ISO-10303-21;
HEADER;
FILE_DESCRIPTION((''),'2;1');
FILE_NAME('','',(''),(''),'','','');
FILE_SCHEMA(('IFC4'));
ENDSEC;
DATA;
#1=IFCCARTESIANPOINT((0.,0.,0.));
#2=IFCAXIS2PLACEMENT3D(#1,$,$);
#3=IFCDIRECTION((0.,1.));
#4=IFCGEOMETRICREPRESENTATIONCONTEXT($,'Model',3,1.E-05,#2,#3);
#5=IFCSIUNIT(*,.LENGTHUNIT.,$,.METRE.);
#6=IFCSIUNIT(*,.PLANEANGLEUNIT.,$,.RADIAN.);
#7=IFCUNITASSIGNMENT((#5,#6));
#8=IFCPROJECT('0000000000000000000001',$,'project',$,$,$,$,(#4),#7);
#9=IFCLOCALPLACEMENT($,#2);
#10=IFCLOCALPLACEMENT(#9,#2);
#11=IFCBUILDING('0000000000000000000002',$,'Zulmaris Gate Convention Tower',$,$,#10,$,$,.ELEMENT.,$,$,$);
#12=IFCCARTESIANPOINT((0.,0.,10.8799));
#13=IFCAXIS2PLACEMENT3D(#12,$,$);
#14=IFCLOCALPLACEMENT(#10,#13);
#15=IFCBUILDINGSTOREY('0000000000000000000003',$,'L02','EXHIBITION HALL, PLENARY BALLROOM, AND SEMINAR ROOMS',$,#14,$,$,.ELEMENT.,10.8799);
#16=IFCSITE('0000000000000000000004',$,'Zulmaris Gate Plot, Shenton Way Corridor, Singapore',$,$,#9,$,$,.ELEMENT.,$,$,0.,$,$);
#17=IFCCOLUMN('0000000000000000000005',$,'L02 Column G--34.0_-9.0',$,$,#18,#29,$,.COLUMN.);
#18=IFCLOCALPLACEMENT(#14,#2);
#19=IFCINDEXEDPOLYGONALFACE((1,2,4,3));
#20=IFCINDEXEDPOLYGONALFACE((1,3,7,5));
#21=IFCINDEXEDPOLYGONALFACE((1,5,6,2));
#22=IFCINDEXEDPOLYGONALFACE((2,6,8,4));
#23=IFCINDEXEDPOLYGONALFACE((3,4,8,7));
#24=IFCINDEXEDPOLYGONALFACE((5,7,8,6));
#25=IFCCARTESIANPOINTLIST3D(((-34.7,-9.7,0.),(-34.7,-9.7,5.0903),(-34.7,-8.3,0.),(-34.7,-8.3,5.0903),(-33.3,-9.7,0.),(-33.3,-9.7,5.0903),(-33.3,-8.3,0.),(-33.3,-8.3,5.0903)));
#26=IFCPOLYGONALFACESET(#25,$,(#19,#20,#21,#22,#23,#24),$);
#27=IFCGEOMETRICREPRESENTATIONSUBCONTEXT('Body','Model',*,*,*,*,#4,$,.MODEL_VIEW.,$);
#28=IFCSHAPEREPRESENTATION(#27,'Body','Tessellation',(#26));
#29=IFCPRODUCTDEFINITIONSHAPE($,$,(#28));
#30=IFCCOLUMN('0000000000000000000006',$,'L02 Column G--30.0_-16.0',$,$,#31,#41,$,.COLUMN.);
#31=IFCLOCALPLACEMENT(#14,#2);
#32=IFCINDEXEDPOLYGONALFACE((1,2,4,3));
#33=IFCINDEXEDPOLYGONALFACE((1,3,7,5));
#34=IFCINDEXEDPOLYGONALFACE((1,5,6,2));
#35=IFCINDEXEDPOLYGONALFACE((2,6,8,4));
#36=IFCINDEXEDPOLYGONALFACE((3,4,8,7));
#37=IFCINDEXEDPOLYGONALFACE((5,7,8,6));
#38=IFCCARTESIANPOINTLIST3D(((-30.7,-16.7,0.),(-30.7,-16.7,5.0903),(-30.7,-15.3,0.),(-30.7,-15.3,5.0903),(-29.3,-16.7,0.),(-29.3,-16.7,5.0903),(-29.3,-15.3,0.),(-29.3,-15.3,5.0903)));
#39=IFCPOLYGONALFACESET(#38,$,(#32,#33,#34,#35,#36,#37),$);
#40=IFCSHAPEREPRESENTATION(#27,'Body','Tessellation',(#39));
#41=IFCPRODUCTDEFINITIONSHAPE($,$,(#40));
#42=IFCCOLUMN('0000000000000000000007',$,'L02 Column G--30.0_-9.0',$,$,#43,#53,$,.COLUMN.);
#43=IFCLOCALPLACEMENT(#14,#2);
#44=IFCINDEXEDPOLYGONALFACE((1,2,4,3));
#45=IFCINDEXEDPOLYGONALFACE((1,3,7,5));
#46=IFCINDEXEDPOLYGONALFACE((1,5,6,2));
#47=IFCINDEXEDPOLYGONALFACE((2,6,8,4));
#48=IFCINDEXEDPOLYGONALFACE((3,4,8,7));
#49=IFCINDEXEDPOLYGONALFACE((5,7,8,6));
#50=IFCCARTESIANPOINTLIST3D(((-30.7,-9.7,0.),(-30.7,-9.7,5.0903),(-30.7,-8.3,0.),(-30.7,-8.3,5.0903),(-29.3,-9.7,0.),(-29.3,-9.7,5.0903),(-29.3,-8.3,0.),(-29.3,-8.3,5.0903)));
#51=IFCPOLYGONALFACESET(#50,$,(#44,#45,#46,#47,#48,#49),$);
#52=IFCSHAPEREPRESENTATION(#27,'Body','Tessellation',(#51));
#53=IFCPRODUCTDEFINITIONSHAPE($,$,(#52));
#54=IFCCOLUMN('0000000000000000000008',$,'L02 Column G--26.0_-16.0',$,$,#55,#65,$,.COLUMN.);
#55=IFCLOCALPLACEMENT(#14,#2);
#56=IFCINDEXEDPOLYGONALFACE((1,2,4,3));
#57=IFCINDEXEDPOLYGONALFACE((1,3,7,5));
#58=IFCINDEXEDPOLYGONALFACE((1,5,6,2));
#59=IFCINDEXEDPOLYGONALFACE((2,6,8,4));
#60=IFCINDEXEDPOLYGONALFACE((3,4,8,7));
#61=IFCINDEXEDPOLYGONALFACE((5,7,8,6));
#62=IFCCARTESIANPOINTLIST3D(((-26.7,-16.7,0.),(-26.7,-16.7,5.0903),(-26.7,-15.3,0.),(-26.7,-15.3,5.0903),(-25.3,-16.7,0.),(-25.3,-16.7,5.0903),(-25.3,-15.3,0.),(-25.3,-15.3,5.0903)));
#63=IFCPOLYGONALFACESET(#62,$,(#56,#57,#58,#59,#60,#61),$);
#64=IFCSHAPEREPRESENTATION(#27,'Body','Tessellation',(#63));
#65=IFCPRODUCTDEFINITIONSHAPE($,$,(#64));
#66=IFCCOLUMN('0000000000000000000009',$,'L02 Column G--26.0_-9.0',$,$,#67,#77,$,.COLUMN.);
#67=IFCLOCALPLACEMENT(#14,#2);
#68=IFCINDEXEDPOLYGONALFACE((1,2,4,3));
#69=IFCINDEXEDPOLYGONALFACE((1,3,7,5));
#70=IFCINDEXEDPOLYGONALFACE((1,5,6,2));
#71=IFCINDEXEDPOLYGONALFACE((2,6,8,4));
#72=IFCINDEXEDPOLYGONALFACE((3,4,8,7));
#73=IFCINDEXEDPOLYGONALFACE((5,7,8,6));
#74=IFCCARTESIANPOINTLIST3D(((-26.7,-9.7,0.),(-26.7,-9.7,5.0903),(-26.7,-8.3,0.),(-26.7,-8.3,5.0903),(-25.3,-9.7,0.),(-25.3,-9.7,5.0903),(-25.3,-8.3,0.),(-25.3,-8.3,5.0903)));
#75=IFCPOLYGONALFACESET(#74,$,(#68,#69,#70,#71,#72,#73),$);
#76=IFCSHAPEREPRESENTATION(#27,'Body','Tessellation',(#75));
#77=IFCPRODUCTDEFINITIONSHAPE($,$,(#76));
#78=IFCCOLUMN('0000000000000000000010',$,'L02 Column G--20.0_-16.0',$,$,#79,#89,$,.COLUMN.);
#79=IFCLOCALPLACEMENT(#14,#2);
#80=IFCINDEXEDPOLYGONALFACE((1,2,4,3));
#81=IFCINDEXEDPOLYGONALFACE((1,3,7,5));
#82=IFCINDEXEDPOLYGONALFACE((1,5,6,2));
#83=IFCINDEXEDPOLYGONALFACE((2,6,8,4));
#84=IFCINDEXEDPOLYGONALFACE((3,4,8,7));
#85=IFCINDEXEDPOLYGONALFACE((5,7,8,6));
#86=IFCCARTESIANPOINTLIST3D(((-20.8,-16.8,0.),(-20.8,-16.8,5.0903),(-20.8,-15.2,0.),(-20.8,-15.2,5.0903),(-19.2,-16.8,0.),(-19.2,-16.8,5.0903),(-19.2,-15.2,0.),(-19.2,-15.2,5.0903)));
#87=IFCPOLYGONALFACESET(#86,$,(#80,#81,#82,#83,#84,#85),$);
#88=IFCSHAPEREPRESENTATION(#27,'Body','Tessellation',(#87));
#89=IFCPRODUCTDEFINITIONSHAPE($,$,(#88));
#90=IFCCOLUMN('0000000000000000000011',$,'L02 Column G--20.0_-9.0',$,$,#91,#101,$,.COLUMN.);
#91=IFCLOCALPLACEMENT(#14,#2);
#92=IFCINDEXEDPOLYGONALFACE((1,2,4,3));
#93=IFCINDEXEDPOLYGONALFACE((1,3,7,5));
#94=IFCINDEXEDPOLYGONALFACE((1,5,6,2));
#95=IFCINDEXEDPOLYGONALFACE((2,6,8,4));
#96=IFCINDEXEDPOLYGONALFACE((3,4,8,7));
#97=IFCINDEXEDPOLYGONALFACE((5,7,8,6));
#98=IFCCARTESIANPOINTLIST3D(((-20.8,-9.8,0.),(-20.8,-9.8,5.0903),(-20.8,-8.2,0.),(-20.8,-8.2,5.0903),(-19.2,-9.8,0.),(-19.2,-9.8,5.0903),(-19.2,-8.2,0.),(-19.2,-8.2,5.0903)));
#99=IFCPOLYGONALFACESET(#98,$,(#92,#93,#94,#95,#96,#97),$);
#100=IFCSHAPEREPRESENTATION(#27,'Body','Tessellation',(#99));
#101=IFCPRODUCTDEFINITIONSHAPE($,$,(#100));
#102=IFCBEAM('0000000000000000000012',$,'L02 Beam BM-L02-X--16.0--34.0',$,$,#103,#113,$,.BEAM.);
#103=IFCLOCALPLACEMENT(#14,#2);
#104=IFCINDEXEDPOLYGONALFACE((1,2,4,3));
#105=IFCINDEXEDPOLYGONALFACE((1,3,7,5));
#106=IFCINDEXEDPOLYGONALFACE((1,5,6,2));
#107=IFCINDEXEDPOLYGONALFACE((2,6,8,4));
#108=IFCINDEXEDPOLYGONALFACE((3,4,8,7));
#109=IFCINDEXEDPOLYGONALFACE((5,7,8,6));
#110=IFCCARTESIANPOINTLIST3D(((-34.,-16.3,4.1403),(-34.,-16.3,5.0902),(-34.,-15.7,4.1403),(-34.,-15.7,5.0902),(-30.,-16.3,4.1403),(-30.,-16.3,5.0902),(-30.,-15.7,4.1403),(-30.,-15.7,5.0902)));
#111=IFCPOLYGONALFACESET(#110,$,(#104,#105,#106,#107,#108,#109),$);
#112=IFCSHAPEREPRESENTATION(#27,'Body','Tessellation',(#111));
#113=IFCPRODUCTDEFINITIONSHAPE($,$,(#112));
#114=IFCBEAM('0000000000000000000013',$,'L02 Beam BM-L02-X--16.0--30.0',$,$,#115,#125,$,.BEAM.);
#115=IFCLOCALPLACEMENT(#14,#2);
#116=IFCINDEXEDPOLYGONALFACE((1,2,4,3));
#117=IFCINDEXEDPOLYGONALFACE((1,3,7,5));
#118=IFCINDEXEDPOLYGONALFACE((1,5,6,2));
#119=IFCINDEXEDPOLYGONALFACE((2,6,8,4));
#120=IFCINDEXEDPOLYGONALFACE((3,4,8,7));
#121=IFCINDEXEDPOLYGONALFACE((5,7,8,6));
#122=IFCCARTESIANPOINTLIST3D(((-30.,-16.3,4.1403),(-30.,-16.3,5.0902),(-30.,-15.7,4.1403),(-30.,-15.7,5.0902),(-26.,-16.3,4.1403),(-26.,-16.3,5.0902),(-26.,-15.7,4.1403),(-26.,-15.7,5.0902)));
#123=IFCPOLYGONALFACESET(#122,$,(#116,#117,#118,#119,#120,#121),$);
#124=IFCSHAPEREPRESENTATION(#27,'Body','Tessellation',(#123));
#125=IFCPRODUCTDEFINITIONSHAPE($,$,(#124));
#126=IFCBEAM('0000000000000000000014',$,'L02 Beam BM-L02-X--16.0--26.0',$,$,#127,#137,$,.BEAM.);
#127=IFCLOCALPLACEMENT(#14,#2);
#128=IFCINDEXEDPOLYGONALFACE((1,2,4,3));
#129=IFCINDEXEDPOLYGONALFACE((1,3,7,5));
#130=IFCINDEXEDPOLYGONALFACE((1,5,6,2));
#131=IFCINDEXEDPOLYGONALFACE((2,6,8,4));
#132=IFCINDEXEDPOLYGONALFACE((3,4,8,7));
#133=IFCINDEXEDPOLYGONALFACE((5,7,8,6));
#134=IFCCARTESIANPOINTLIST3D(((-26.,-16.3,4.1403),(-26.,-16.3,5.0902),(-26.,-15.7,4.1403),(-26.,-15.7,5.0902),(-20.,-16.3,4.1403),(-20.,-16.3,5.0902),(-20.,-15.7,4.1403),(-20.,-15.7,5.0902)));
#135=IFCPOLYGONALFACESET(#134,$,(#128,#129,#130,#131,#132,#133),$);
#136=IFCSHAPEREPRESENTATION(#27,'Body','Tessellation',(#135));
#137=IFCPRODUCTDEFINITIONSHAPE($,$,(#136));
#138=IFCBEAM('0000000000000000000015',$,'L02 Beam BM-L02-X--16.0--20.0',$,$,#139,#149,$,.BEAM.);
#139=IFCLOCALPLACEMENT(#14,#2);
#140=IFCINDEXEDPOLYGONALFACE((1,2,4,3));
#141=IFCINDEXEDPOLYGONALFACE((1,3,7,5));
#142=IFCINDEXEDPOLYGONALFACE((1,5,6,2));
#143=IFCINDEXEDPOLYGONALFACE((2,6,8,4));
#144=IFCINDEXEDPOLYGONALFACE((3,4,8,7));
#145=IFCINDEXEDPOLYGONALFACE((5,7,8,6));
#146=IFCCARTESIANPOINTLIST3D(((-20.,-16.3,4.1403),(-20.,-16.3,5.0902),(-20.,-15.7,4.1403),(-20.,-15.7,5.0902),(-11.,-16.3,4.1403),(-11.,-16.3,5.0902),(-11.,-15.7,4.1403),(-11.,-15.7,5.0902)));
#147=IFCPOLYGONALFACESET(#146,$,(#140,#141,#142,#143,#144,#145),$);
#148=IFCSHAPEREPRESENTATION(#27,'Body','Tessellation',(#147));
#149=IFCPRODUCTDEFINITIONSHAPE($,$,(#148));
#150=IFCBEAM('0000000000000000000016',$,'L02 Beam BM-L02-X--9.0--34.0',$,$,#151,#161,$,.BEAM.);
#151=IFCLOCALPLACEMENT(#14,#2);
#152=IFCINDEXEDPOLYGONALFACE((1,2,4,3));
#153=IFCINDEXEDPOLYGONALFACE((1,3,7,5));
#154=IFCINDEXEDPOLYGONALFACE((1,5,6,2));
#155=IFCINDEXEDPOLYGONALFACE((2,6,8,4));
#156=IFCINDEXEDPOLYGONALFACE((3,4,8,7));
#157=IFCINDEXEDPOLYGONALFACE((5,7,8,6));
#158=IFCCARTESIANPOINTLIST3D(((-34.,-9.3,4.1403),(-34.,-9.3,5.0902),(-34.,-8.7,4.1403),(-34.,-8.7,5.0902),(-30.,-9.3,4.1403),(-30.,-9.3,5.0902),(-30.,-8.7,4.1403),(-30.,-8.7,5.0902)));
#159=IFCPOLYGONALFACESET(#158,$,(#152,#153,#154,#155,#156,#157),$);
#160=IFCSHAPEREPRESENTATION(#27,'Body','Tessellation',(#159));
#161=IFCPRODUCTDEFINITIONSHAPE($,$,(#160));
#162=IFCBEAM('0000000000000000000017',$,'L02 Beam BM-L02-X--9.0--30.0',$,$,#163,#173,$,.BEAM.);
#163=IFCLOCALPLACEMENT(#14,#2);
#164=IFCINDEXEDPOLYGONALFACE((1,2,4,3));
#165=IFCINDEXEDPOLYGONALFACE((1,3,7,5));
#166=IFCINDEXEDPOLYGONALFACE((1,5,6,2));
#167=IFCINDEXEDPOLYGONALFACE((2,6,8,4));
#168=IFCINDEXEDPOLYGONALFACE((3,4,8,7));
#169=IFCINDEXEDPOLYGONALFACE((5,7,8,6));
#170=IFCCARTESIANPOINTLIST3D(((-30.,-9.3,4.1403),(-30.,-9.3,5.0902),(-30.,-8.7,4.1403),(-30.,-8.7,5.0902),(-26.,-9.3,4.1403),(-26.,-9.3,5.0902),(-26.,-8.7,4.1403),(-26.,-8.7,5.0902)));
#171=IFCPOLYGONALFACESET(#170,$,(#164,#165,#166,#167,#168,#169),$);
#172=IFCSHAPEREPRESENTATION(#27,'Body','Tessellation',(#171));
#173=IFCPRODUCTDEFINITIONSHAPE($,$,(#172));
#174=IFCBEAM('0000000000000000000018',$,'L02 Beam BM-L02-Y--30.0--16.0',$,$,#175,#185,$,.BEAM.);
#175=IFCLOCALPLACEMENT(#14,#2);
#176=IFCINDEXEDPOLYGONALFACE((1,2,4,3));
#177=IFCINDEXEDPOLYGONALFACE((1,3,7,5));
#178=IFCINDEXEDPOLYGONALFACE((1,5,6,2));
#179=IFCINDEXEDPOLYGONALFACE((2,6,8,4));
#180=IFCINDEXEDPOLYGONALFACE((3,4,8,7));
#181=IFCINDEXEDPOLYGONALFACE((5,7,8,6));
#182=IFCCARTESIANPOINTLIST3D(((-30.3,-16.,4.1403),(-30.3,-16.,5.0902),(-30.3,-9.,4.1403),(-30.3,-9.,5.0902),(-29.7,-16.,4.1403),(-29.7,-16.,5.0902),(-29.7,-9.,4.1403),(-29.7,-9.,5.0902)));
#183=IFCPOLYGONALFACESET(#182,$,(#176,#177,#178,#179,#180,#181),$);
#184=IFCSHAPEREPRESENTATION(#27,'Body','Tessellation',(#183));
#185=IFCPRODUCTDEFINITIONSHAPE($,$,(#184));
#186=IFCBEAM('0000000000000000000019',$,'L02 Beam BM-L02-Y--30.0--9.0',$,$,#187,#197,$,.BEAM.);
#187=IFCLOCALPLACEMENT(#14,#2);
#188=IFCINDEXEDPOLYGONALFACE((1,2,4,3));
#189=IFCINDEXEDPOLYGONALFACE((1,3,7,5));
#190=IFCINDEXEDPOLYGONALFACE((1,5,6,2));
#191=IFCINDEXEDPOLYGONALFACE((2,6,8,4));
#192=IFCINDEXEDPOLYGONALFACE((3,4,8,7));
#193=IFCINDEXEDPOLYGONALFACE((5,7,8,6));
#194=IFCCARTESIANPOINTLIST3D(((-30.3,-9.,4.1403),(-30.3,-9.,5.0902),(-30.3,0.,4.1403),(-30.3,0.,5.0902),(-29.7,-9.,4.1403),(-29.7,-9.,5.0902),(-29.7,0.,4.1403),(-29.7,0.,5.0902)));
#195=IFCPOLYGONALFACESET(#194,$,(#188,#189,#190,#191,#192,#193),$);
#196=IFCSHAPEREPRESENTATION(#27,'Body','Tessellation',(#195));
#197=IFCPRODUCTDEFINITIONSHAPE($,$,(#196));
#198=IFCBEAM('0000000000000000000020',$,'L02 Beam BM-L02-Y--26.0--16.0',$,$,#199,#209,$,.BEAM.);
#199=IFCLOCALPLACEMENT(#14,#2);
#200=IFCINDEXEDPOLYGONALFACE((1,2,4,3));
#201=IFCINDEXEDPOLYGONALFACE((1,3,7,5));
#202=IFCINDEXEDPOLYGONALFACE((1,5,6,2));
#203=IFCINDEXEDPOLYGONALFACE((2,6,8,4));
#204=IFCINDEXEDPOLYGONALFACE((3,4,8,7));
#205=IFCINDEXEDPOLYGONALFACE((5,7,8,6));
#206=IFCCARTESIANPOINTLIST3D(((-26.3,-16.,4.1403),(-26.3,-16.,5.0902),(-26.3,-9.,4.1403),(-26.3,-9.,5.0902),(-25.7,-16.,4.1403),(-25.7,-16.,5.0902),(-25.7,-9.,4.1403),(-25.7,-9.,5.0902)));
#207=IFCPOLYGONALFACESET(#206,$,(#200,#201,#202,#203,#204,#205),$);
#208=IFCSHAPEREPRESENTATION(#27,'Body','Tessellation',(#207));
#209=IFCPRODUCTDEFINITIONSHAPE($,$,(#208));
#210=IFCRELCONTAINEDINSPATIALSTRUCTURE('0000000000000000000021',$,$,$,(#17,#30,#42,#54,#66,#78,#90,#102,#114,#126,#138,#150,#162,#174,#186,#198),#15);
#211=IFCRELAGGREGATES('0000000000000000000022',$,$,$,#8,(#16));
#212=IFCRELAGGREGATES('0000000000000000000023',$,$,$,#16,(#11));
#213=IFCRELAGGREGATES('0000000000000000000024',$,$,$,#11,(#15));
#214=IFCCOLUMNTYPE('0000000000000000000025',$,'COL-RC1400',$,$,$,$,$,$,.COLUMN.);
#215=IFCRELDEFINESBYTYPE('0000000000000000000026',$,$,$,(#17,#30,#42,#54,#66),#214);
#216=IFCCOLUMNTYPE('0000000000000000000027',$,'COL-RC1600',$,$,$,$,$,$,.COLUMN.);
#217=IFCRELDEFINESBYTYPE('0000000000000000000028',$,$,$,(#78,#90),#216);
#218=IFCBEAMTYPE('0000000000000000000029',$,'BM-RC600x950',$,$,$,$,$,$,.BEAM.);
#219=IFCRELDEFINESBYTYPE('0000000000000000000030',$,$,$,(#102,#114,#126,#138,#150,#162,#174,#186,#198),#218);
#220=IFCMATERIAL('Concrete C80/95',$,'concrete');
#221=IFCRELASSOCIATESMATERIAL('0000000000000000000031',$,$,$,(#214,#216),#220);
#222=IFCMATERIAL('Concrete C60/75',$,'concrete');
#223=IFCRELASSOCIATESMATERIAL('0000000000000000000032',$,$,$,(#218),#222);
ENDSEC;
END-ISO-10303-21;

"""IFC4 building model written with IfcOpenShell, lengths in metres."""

from ifc_helpers import new_model, si_unit, direction, frame, origin, origin_2d, place, context, subcontext, project, spatial, rectangle, extrude, material, material_profile, profile_set, type_object, element, save


model = new_model("IFC4")

# Units and contexts
model_context = context("Model", 3, precision=1e-05, world=origin(), true_north=direction((0.0, 1.0)))
body_context = subcontext(model_context, "Body", "Model", "MODEL_VIEW")
ifc_project = project(units=[si_unit("LENGTHUNIT", "METRE"), si_unit("PLANEANGLEUNIT", "RADIAN")], contexts=[model_context])

# Site, building, storey
site_placement = place(None, origin())
site = spatial("IfcSite", under=ifc_project, at=site_placement, Name="Zulmaris Gate Plot, Shenton Way Corridor, Singapore", CompositionType="ELEMENT", RefElevation=0.0)
building_placement = place(site_placement, origin())
building = spatial("IfcBuilding", under=site, at=building_placement, Name="Zulmaris Gate Convention Tower", CompositionType="ELEMENT")
storey_placement = place(building_placement, frame((0.0, 0.0, 10.8799)))
storey = spatial("IfcBuildingStorey", under=building, at=storey_placement, Name="L02", Description="EXHIBITION HALL, PLENARY BALLROOM, AND SEMINAR ROOMS", CompositionType="ELEMENT", Elevation=10.8799)

# Columns
ifc_material_1 = material(Name="Concrete C80/95", Category="concrete")
ifc_material_profile_1 = material_profile(ifc_material_1, rectangle(XDim=1.3999, YDim=1.3999, at=origin_2d()), Name="RC COL 1400x1400")
ifc_profile_set_1 = profile_set([ifc_material_profile_1], Name="Concrete C80/95")
column_type_1 = type_object("IfcColumnType", Name="COL-RC1400", PredefinedType="COLUMN", material=ifc_profile_set_1)
for number, where, z_axis, x_axis, name in (
    (1, (-34.0, -9.0, 0.0), (0.0, 0.0, 1.0), (1.0, 0.0, 0.0), "L02 Column G--34.0_-9.0"),
    (2, (-30.0, -16.0, 0.0), (0.0, 0.0, 1.0), (1.0, 0.0, 0.0), "L02 Column G--30.0_-16.0"),
    (3, (-30.0, -9.0, 0.0), (0.0, 0.0, 1.0), (1.0, 0.0, 0.0), "L02 Column G--30.0_-9.0"),
    (4, (-26.0, -16.0, 0.0), (0.0, 0.0, 1.0), (1.0, 0.0, 0.0), "L02 Column G--26.0_-16.0"),
    (5, (-26.0, -9.0, 0.0), (0.0, 0.0, 1.0), (1.0, 0.0, 0.0), "L02 Column G--26.0_-9.0"),
):
    element("IfcColumn", number, at=place(storey_placement, frame(where, z_axis=z_axis, x_axis=x_axis)), inside=storey, type_object=column_type_1, Name=name, PredefinedType="COLUMN", context=body_context, shape_type="SweptSolid", body=[
        extrude(rectangle(XDim=1.3999, YDim=1.3999, at=origin_2d()), origin(), (0.0, 0.0, 1.0), 5.0903),
    ])
ifc_material_profile_2 = material_profile(ifc_material_1, rectangle(XDim=1.6001, YDim=1.6001, at=origin_2d()), Name="RC COL 1600x1600")
ifc_profile_set_2 = profile_set([ifc_material_profile_2], Name="Concrete C80/95")
column_type_2 = type_object("IfcColumnType", Name="COL-RC1600", PredefinedType="COLUMN", material=ifc_profile_set_2)
for number, where, z_axis, x_axis, name in (
    (6, (-20.0, -16.0, 0.0), (0.0, 0.0, 1.0), (1.0, 0.0, 0.0), "L02 Column G--20.0_-16.0"),
    (7, (-20.0, -9.0, 0.0), (0.0, 0.0, 1.0), (1.0, 0.0, 0.0), "L02 Column G--20.0_-9.0"),
):
    element("IfcColumn", number, at=place(storey_placement, frame(where, z_axis=z_axis, x_axis=x_axis)), inside=storey, type_object=column_type_2, Name=name, PredefinedType="COLUMN", context=body_context, shape_type="SweptSolid", body=[
        extrude(rectangle(XDim=1.6001, YDim=1.6001, at=origin_2d()), origin(), (0.0, 0.0, 1.0), 5.0903),
    ])

# Beams
ifc_material_2 = material(Name="Concrete C60/75", Category="concrete")
ifc_material_profile_3 = material_profile(ifc_material_2, rectangle(XDim=0.6001, YDim=0.95, at=origin_2d()), Name="RC BEAM 600x950")
ifc_profile_set_3 = profile_set([ifc_material_profile_3], Name="Concrete C60/75")
beam_type_1 = type_object("IfcBeamType", Name="BM-RC600x950", PredefinedType="BEAM", material=ifc_profile_set_3)
for number, where, z_axis, x_axis, name in (
    (8, (-34.0, -16.0, 4.6152), (1.0, 0.0, 0.0), (0.0, 1.0, 0.0), "L02 Beam BM-L02-X--16.0--34.0"),
    (9, (-30.0, -16.0, 4.6152), (1.0, 0.0, 0.0), (0.0, 1.0, 0.0), "L02 Beam BM-L02-X--16.0--30.0"),
):
    element("IfcBeam", number, at=place(storey_placement, frame(where, z_axis=z_axis, x_axis=x_axis)), inside=storey, type_object=beam_type_1, Name=name, PredefinedType="BEAM", context=body_context, shape_type="SweptSolid", body=[
        extrude(rectangle(XDim=0.6001, YDim=0.95, at=origin_2d()), origin(), (0.0, 0.0, 1.0), 4.0),
    ])
beam_1_placement = place(storey_placement, frame((-26.0, -16.0, 4.6152), z_axis=(1.0, 0.0, 0.0), x_axis=(0.0, 1.0, 0.0)))
element("IfcBeam", 10, at=beam_1_placement, inside=storey, type_object=beam_type_1, Name="L02 Beam BM-L02-X--16.0--26.0", PredefinedType="BEAM", context=body_context, shape_type="SweptSolid", body=[
    extrude(rectangle(XDim=0.6001, YDim=0.95, at=origin_2d()), origin(), (0.0, 0.0, 1.0), 6.0),
])
beam_2_placement = place(storey_placement, frame((-20.0, -16.0, 4.6152), z_axis=(1.0, 0.0, 0.0), x_axis=(0.0, 1.0, 0.0)))
element("IfcBeam", 11, at=beam_2_placement, inside=storey, type_object=beam_type_1, Name="L02 Beam BM-L02-X--16.0--20.0", PredefinedType="BEAM", context=body_context, shape_type="SweptSolid", body=[
    extrude(rectangle(XDim=0.6001, YDim=0.95, at=origin_2d()), origin(), (0.0, 0.0, 1.0), 9.0),
])
for number, where, z_axis, x_axis, name in (
    (12, (-34.0, -9.0, 4.6152), (1.0, 0.0, 0.0), (0.0, 1.0, 0.0), "L02 Beam BM-L02-X--9.0--34.0"),
    (13, (-30.0, -9.0, 4.6152), (1.0, 0.0, 0.0), (0.0, 1.0, 0.0), "L02 Beam BM-L02-X--9.0--30.0"),
):
    element("IfcBeam", number, at=place(storey_placement, frame(where, z_axis=z_axis, x_axis=x_axis)), inside=storey, type_object=beam_type_1, Name=name, PredefinedType="BEAM", context=body_context, shape_type="SweptSolid", body=[
        extrude(rectangle(XDim=0.6001, YDim=0.95, at=origin_2d()), origin(), (0.0, 0.0, 1.0), 4.0),
    ])
beam_3_placement = place(storey_placement, frame((-30.0, -16.0, 4.6152), z_axis=(0.0, 1.0, 0.0), x_axis=(-1.0, 0.0, 0.0)))
element("IfcBeam", 14, at=beam_3_placement, inside=storey, type_object=beam_type_1, Name="L02 Beam BM-L02-Y--30.0--16.0", PredefinedType="BEAM", context=body_context, shape_type="SweptSolid", body=[
    extrude(rectangle(XDim=0.6001, YDim=0.95, at=origin_2d()), origin(), (0.0, 0.0, 1.0), 7.0),
])
beam_4_placement = place(storey_placement, frame((-30.0, -9.0, 4.6152), z_axis=(0.0, 1.0, 0.0), x_axis=(-1.0, 0.0, 0.0)))
element("IfcBeam", 15, at=beam_4_placement, inside=storey, type_object=beam_type_1, Name="L02 Beam BM-L02-Y--30.0--9.0", PredefinedType="BEAM", context=body_context, shape_type="SweptSolid", body=[
    extrude(rectangle(XDim=0.6001, YDim=0.95, at=origin_2d()), origin(), (0.0, 0.0, 1.0), 9.0),
])
beam_5_placement = place(storey_placement, frame((-26.0, -16.0, 4.6152), z_axis=(0.0, 1.0, 0.0), x_axis=(-1.0, 0.0, 0.0)))
element("IfcBeam", 16, at=beam_5_placement, inside=storey, type_object=beam_type_1, Name="L02 Beam BM-L02-Y--26.0--16.0", PredefinedType="BEAM", context=body_context, shape_type="SweptSolid", body=[
    extrude(rectangle(XDim=0.6001, YDim=0.95, at=origin_2d()), origin(), (0.0, 0.0, 1.0), 7.0),
])

save(model, "model.ifc")
